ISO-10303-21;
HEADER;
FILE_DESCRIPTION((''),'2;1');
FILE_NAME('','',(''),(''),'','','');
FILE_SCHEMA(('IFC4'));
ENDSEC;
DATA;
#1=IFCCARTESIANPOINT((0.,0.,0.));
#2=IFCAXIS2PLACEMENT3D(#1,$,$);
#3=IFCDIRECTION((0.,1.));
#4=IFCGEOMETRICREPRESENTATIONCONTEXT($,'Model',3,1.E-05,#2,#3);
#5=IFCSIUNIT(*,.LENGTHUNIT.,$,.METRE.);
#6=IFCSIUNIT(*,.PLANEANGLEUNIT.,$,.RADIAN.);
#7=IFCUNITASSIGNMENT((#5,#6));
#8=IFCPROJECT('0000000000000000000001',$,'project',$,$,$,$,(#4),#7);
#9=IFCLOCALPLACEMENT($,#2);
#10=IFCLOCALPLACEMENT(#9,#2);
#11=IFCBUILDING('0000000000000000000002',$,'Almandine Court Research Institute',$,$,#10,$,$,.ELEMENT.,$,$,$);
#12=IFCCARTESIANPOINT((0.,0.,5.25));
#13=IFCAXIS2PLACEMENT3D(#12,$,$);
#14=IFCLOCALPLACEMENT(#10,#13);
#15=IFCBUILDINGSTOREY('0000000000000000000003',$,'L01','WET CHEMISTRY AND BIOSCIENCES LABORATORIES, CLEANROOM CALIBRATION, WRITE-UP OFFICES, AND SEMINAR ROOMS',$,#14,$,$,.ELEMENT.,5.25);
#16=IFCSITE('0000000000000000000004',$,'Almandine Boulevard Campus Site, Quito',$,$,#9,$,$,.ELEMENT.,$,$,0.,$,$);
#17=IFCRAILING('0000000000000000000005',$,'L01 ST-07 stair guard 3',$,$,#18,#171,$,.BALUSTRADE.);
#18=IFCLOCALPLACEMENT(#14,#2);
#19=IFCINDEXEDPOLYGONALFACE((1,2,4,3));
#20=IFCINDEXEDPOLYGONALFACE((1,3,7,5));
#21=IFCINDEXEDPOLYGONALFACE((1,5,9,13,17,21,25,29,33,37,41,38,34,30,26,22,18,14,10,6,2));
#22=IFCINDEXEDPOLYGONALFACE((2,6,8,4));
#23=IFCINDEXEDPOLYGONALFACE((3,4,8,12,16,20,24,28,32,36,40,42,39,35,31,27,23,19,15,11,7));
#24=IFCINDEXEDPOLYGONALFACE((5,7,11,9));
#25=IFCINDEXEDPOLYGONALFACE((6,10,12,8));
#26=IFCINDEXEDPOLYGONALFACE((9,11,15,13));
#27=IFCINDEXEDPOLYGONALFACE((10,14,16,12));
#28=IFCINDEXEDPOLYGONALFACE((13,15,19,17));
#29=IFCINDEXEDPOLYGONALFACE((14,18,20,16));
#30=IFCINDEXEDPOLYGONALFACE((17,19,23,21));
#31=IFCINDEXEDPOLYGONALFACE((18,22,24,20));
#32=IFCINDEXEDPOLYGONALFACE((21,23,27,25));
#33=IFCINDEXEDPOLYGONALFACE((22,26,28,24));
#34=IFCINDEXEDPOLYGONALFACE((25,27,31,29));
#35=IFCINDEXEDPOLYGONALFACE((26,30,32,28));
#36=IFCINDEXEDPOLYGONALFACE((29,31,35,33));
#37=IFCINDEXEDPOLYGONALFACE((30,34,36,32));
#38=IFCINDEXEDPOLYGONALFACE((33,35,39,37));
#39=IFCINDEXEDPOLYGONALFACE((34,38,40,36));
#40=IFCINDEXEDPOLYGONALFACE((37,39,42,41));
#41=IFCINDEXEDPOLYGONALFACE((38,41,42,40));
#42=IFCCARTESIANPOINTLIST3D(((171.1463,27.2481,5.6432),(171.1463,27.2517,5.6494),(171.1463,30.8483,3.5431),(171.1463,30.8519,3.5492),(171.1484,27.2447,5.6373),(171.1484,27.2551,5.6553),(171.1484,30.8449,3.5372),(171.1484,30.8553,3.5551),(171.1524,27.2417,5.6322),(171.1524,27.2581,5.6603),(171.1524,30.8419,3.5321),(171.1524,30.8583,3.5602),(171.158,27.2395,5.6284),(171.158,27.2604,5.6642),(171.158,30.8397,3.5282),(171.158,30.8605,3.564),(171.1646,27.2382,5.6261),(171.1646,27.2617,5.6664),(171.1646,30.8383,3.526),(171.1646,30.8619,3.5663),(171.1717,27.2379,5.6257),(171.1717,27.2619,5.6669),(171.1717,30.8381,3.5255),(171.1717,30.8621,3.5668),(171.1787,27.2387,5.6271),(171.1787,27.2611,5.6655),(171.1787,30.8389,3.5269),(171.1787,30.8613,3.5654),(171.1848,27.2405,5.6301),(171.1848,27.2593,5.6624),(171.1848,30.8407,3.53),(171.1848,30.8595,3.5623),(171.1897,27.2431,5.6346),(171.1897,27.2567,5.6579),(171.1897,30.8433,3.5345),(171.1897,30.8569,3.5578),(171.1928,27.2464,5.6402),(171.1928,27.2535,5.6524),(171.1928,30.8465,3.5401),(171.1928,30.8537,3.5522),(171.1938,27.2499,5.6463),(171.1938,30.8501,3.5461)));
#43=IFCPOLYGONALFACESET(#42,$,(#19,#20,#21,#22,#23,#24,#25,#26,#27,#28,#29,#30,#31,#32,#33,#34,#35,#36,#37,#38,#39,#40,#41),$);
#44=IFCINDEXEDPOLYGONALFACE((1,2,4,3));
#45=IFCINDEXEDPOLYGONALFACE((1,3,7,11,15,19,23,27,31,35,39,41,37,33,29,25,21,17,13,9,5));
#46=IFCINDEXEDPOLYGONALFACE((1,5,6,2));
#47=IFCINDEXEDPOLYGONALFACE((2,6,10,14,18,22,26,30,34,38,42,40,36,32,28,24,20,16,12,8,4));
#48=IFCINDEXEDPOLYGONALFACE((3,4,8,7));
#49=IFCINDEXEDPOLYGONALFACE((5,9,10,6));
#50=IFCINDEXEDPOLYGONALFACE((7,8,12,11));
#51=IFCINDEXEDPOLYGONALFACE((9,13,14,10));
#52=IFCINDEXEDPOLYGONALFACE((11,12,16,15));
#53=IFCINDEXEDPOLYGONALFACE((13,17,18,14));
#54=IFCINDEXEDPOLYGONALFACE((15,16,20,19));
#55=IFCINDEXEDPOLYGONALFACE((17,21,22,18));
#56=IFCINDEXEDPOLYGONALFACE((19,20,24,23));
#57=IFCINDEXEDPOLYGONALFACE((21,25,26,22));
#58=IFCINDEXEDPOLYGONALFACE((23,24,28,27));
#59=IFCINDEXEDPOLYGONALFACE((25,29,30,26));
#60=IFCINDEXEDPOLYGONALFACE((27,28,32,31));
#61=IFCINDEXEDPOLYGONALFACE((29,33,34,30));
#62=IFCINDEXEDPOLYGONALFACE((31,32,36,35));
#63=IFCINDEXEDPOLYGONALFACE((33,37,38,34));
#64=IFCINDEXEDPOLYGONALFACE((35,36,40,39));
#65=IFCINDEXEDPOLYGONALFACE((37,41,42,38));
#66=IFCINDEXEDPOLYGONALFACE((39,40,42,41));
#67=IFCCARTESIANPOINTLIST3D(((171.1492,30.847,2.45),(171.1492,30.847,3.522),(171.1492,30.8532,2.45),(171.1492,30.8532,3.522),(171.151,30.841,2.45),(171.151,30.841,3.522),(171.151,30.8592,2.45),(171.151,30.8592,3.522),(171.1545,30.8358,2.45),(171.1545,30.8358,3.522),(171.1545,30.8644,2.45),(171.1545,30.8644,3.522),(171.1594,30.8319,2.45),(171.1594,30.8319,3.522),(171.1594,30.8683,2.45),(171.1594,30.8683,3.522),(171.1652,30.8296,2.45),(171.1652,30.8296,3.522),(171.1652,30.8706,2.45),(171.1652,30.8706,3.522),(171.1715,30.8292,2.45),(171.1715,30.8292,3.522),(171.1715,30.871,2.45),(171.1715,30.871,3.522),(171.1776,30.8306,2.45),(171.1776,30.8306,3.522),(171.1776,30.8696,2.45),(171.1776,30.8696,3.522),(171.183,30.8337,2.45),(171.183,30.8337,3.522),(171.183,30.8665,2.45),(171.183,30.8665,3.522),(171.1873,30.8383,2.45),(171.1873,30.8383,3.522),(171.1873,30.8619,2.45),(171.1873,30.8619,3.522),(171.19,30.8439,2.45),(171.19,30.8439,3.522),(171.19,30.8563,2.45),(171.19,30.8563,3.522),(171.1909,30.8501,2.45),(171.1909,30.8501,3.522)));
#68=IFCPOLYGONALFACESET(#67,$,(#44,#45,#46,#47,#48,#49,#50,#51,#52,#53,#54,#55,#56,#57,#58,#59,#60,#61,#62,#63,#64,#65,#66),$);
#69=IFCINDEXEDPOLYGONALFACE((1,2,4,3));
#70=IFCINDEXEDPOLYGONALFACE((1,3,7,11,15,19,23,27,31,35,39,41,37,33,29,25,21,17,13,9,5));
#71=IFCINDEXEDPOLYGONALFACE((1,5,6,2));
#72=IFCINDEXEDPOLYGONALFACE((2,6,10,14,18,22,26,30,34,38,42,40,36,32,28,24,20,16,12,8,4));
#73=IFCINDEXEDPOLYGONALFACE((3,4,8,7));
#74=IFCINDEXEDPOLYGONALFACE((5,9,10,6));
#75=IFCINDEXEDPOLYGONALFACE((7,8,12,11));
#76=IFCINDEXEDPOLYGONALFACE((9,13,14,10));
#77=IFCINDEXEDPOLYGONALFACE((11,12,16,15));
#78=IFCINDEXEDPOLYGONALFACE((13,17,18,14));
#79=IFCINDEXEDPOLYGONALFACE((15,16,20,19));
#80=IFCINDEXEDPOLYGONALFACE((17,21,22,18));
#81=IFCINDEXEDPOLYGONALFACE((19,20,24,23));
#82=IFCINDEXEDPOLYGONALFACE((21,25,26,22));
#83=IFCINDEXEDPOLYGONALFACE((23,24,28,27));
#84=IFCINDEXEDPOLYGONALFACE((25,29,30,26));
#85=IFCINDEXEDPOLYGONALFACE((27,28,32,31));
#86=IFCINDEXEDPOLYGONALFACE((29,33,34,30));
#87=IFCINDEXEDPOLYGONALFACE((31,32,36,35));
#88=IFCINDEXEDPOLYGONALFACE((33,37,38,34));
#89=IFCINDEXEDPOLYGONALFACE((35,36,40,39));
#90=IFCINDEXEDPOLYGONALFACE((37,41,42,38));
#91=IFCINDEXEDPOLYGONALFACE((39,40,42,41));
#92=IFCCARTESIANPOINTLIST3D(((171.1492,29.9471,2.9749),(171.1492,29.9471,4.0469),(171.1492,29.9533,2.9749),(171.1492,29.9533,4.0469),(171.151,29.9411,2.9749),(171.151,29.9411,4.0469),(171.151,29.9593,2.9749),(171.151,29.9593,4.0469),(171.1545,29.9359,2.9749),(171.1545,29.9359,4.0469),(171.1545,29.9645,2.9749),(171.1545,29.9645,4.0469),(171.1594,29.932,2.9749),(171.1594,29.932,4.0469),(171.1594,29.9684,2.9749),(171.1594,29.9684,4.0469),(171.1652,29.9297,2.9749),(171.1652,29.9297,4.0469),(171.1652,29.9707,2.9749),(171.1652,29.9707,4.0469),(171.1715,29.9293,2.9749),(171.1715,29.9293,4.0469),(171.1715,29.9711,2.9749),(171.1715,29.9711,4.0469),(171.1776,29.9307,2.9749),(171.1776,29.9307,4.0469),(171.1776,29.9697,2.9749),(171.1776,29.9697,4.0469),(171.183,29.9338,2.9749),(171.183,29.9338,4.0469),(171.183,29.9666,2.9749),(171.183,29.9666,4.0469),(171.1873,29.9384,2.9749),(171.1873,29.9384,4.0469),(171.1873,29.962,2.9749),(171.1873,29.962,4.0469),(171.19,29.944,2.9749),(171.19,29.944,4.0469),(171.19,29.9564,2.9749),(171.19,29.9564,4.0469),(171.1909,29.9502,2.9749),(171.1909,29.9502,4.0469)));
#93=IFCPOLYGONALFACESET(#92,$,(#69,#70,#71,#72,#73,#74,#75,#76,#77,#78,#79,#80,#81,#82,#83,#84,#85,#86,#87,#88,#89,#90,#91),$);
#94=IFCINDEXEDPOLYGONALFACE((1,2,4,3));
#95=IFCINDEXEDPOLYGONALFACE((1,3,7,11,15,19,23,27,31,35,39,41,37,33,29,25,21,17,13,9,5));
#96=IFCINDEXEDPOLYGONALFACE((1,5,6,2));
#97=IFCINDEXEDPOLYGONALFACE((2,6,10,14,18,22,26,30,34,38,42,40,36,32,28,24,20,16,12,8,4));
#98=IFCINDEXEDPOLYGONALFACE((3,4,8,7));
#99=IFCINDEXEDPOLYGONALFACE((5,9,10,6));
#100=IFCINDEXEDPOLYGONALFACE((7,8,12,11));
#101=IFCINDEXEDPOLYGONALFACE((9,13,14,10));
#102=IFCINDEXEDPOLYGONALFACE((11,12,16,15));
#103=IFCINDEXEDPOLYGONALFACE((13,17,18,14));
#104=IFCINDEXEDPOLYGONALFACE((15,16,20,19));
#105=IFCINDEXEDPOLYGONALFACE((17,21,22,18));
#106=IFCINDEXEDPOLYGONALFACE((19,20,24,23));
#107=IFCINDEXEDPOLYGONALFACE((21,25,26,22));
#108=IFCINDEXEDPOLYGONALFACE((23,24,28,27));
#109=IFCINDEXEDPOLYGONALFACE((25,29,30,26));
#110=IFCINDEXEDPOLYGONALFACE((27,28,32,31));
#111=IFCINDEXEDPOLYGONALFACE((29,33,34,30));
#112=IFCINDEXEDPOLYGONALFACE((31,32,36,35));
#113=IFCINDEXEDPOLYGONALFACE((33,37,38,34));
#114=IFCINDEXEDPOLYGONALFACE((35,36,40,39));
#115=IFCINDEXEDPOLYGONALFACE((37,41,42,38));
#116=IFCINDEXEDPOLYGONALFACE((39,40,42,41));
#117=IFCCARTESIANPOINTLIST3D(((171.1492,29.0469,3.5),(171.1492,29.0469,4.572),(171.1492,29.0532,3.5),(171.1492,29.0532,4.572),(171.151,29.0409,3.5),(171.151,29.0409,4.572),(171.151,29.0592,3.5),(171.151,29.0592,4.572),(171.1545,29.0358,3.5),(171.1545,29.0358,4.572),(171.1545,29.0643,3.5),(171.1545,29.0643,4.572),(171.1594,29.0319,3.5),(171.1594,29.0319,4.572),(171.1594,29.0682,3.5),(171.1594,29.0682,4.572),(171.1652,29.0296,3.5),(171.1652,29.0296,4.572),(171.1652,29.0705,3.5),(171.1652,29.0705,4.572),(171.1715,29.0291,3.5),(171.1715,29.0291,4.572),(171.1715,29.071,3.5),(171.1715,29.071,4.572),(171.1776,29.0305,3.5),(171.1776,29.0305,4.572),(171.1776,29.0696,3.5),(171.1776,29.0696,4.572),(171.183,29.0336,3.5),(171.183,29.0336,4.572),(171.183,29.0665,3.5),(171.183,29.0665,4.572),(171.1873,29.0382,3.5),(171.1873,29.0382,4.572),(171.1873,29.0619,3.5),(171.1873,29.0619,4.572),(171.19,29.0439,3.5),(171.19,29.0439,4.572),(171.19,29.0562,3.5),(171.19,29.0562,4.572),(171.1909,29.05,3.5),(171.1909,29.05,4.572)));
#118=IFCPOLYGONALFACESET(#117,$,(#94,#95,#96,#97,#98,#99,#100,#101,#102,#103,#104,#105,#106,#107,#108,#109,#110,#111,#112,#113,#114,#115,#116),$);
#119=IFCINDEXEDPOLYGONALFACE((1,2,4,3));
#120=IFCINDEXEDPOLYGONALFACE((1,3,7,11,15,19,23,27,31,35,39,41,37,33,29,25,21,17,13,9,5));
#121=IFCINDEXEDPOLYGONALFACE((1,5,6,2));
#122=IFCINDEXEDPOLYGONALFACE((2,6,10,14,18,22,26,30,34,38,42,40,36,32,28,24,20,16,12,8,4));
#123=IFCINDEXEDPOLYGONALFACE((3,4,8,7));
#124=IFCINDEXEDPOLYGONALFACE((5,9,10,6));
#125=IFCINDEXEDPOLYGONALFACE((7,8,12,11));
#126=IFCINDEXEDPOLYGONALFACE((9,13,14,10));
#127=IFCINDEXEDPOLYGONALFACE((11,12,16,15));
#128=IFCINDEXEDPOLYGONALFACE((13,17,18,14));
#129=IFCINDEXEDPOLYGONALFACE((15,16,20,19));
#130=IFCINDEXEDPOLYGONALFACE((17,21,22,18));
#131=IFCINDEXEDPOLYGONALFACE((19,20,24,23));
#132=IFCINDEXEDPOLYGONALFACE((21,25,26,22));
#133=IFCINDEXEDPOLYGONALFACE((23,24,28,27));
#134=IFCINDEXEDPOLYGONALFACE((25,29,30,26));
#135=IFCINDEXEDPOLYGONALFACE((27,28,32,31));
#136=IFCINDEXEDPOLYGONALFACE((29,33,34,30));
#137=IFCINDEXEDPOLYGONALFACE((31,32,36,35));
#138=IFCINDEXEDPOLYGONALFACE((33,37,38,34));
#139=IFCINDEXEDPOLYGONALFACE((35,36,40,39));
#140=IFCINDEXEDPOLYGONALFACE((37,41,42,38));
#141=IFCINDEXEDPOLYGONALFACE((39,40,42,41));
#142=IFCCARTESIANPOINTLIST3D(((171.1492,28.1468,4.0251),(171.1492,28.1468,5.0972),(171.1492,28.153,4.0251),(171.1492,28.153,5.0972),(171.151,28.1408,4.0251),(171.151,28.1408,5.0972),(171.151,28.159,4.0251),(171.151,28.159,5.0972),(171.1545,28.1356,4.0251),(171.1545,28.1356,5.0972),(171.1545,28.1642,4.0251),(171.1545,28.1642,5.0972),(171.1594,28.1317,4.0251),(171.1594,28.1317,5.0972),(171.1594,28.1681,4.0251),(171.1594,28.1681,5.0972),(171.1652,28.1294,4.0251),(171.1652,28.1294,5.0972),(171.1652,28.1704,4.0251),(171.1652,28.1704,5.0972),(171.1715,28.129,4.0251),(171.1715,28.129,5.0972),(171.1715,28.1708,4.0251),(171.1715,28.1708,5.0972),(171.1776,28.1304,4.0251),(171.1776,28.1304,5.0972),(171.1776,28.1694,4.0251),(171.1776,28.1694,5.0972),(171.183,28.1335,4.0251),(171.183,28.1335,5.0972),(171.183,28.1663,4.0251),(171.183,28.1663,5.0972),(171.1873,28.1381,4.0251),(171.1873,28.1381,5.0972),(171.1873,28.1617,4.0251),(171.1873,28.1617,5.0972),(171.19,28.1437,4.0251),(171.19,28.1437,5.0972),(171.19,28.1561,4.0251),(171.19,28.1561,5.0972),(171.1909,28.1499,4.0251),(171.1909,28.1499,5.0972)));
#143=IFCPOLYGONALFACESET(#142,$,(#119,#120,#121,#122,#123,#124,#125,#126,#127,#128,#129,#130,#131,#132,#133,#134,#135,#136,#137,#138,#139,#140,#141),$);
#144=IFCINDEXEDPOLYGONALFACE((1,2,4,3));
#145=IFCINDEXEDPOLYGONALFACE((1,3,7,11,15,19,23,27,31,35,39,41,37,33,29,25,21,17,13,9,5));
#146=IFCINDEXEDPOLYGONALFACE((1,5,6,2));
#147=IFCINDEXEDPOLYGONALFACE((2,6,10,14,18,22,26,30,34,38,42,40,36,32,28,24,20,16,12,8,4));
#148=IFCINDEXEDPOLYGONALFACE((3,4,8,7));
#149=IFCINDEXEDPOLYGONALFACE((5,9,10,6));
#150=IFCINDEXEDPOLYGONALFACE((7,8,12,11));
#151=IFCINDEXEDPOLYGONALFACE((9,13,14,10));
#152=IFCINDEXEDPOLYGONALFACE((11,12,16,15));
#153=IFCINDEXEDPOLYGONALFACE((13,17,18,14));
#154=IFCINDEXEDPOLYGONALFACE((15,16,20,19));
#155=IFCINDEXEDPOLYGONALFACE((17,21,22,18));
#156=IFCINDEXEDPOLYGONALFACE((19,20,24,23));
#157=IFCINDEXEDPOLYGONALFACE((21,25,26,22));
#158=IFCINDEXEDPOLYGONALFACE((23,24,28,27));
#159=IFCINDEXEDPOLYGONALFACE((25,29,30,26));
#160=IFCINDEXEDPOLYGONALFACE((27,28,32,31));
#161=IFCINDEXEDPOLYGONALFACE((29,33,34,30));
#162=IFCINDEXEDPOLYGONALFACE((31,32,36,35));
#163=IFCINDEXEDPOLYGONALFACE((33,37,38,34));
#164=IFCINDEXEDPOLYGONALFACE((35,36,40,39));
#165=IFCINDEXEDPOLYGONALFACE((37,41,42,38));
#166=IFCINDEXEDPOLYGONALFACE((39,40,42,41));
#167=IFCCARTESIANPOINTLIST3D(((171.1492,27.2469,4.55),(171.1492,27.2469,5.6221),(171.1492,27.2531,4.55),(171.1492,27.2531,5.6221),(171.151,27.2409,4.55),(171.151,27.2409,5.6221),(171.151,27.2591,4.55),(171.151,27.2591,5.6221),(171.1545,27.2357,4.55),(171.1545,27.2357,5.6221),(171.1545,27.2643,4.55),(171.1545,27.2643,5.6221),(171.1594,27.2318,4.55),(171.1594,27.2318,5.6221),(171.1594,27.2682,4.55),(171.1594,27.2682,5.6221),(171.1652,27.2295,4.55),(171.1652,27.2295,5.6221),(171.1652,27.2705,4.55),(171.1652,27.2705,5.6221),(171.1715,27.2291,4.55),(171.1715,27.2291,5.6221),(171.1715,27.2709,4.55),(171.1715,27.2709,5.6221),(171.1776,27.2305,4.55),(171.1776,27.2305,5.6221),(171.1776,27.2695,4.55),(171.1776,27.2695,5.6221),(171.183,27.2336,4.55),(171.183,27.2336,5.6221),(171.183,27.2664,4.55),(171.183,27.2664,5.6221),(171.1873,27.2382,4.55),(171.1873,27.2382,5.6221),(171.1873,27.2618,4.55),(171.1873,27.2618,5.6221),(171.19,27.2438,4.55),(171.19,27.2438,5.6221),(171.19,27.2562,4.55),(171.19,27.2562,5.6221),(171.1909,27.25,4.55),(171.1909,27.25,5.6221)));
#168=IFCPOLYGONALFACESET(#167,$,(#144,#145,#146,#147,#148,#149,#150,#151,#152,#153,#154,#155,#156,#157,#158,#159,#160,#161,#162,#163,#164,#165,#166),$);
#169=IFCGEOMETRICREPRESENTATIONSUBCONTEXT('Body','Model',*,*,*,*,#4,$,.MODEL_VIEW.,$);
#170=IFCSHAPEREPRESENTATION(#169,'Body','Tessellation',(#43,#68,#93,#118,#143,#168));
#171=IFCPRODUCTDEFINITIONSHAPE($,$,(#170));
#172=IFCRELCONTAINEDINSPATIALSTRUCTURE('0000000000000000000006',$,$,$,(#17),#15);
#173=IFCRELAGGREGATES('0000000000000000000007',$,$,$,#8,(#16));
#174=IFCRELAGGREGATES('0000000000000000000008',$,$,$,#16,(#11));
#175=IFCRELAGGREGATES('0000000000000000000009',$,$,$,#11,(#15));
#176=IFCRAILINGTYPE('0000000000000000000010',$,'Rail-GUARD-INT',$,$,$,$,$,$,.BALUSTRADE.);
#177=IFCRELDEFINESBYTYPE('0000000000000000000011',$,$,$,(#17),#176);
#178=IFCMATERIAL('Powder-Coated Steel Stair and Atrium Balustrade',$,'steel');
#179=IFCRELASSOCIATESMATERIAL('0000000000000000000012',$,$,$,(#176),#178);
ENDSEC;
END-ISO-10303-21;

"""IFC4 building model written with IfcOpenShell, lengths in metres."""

from ifc_helpers import new_model, si_unit, direction, frame, origin, origin_2d, place, context, subcontext, project, spatial, circle, extrude, material, type_object, element, save


model = new_model("IFC4")

# Units and contexts
model_context = context("Model", 3, precision=1e-05, world=origin(), true_north=direction((0.0, 1.0)))
body_context = subcontext(model_context, "Body", "Model", "MODEL_VIEW")
ifc_project = project(units=[si_unit("LENGTHUNIT", "METRE"), si_unit("PLANEANGLEUNIT", "RADIAN")], contexts=[model_context])

# Site, building, storey
site_placement = place(None, origin())
site = spatial("IfcSite", under=ifc_project, at=site_placement, Name="Almandine Boulevard Campus Site, Quito", CompositionType="ELEMENT", RefElevation=0.0)
building_placement = place(site_placement, origin())
building = spatial("IfcBuilding", under=site, at=building_placement, Name="Almandine Court Research Institute", CompositionType="ELEMENT")
storey_placement = place(building_placement, frame((0.0, 0.0, 5.25)))
storey = spatial("IfcBuildingStorey", under=building, at=storey_placement, Name="L01", Description="WET CHEMISTRY AND BIOSCIENCES LABORATORIES, CLEANROOM CALIBRATION, WRITE-UP OFFICES, AND SEMINAR ROOMS", CompositionType="ELEMENT", Elevation=5.25)

# Railing
ifc_material_1 = material(Name="Powder-Coated Steel Stair and Atrium Balustrade", Category="steel")
railing_type_1 = type_object("IfcRailingType", Name="Rail-GUARD-INT", PredefinedType="BALUSTRADE", material=ifc_material_1)
railing_1_placement = place(storey_placement, frame((171.1699, 30.8501, 2.45)))
element("IfcRailing", 1, at=railing_1_placement, inside=storey, type_object=railing_type_1, Name="L01 ST-07 stair guard 3", PredefinedType="BALUSTRADE", context=body_context, shape_type="SweptSolid", body=[
    extrude(circle(Radius=0.0239, at=origin_2d()), frame((0.0, 0.0, 1.0962), z_axis=(0.0, -0.863775, 0.503878), x_axis=(1.0, 0.0, 0.0)), (0.0, 0.0, 1.0), 4.168),
    extrude(circle(Radius=0.021, at=origin_2d()), origin(), (0.0, 0.0, 1.0), 1.072),
    extrude(circle(Radius=0.021, at=origin_2d()), frame((0.0, -0.8999, 0.5249)), (0.0, 0.0, 1.0), 1.072),
    extrude(circle(Radius=0.021, at=origin_2d()), frame((0.0, -1.8, 1.05)), (0.0, 0.0, 1.0), 1.072),
    extrude(circle(Radius=0.021, at=origin_2d()), frame((0.0, -2.7002, 1.5752)), (0.0, 0.0, 1.0), 1.072),
    extrude(circle(Radius=0.021, at=origin_2d()), frame((0.0, -3.6001, 2.1001)), (0.0, 0.0, 1.0), 1.072),
])

save(model, "model.ifc")
